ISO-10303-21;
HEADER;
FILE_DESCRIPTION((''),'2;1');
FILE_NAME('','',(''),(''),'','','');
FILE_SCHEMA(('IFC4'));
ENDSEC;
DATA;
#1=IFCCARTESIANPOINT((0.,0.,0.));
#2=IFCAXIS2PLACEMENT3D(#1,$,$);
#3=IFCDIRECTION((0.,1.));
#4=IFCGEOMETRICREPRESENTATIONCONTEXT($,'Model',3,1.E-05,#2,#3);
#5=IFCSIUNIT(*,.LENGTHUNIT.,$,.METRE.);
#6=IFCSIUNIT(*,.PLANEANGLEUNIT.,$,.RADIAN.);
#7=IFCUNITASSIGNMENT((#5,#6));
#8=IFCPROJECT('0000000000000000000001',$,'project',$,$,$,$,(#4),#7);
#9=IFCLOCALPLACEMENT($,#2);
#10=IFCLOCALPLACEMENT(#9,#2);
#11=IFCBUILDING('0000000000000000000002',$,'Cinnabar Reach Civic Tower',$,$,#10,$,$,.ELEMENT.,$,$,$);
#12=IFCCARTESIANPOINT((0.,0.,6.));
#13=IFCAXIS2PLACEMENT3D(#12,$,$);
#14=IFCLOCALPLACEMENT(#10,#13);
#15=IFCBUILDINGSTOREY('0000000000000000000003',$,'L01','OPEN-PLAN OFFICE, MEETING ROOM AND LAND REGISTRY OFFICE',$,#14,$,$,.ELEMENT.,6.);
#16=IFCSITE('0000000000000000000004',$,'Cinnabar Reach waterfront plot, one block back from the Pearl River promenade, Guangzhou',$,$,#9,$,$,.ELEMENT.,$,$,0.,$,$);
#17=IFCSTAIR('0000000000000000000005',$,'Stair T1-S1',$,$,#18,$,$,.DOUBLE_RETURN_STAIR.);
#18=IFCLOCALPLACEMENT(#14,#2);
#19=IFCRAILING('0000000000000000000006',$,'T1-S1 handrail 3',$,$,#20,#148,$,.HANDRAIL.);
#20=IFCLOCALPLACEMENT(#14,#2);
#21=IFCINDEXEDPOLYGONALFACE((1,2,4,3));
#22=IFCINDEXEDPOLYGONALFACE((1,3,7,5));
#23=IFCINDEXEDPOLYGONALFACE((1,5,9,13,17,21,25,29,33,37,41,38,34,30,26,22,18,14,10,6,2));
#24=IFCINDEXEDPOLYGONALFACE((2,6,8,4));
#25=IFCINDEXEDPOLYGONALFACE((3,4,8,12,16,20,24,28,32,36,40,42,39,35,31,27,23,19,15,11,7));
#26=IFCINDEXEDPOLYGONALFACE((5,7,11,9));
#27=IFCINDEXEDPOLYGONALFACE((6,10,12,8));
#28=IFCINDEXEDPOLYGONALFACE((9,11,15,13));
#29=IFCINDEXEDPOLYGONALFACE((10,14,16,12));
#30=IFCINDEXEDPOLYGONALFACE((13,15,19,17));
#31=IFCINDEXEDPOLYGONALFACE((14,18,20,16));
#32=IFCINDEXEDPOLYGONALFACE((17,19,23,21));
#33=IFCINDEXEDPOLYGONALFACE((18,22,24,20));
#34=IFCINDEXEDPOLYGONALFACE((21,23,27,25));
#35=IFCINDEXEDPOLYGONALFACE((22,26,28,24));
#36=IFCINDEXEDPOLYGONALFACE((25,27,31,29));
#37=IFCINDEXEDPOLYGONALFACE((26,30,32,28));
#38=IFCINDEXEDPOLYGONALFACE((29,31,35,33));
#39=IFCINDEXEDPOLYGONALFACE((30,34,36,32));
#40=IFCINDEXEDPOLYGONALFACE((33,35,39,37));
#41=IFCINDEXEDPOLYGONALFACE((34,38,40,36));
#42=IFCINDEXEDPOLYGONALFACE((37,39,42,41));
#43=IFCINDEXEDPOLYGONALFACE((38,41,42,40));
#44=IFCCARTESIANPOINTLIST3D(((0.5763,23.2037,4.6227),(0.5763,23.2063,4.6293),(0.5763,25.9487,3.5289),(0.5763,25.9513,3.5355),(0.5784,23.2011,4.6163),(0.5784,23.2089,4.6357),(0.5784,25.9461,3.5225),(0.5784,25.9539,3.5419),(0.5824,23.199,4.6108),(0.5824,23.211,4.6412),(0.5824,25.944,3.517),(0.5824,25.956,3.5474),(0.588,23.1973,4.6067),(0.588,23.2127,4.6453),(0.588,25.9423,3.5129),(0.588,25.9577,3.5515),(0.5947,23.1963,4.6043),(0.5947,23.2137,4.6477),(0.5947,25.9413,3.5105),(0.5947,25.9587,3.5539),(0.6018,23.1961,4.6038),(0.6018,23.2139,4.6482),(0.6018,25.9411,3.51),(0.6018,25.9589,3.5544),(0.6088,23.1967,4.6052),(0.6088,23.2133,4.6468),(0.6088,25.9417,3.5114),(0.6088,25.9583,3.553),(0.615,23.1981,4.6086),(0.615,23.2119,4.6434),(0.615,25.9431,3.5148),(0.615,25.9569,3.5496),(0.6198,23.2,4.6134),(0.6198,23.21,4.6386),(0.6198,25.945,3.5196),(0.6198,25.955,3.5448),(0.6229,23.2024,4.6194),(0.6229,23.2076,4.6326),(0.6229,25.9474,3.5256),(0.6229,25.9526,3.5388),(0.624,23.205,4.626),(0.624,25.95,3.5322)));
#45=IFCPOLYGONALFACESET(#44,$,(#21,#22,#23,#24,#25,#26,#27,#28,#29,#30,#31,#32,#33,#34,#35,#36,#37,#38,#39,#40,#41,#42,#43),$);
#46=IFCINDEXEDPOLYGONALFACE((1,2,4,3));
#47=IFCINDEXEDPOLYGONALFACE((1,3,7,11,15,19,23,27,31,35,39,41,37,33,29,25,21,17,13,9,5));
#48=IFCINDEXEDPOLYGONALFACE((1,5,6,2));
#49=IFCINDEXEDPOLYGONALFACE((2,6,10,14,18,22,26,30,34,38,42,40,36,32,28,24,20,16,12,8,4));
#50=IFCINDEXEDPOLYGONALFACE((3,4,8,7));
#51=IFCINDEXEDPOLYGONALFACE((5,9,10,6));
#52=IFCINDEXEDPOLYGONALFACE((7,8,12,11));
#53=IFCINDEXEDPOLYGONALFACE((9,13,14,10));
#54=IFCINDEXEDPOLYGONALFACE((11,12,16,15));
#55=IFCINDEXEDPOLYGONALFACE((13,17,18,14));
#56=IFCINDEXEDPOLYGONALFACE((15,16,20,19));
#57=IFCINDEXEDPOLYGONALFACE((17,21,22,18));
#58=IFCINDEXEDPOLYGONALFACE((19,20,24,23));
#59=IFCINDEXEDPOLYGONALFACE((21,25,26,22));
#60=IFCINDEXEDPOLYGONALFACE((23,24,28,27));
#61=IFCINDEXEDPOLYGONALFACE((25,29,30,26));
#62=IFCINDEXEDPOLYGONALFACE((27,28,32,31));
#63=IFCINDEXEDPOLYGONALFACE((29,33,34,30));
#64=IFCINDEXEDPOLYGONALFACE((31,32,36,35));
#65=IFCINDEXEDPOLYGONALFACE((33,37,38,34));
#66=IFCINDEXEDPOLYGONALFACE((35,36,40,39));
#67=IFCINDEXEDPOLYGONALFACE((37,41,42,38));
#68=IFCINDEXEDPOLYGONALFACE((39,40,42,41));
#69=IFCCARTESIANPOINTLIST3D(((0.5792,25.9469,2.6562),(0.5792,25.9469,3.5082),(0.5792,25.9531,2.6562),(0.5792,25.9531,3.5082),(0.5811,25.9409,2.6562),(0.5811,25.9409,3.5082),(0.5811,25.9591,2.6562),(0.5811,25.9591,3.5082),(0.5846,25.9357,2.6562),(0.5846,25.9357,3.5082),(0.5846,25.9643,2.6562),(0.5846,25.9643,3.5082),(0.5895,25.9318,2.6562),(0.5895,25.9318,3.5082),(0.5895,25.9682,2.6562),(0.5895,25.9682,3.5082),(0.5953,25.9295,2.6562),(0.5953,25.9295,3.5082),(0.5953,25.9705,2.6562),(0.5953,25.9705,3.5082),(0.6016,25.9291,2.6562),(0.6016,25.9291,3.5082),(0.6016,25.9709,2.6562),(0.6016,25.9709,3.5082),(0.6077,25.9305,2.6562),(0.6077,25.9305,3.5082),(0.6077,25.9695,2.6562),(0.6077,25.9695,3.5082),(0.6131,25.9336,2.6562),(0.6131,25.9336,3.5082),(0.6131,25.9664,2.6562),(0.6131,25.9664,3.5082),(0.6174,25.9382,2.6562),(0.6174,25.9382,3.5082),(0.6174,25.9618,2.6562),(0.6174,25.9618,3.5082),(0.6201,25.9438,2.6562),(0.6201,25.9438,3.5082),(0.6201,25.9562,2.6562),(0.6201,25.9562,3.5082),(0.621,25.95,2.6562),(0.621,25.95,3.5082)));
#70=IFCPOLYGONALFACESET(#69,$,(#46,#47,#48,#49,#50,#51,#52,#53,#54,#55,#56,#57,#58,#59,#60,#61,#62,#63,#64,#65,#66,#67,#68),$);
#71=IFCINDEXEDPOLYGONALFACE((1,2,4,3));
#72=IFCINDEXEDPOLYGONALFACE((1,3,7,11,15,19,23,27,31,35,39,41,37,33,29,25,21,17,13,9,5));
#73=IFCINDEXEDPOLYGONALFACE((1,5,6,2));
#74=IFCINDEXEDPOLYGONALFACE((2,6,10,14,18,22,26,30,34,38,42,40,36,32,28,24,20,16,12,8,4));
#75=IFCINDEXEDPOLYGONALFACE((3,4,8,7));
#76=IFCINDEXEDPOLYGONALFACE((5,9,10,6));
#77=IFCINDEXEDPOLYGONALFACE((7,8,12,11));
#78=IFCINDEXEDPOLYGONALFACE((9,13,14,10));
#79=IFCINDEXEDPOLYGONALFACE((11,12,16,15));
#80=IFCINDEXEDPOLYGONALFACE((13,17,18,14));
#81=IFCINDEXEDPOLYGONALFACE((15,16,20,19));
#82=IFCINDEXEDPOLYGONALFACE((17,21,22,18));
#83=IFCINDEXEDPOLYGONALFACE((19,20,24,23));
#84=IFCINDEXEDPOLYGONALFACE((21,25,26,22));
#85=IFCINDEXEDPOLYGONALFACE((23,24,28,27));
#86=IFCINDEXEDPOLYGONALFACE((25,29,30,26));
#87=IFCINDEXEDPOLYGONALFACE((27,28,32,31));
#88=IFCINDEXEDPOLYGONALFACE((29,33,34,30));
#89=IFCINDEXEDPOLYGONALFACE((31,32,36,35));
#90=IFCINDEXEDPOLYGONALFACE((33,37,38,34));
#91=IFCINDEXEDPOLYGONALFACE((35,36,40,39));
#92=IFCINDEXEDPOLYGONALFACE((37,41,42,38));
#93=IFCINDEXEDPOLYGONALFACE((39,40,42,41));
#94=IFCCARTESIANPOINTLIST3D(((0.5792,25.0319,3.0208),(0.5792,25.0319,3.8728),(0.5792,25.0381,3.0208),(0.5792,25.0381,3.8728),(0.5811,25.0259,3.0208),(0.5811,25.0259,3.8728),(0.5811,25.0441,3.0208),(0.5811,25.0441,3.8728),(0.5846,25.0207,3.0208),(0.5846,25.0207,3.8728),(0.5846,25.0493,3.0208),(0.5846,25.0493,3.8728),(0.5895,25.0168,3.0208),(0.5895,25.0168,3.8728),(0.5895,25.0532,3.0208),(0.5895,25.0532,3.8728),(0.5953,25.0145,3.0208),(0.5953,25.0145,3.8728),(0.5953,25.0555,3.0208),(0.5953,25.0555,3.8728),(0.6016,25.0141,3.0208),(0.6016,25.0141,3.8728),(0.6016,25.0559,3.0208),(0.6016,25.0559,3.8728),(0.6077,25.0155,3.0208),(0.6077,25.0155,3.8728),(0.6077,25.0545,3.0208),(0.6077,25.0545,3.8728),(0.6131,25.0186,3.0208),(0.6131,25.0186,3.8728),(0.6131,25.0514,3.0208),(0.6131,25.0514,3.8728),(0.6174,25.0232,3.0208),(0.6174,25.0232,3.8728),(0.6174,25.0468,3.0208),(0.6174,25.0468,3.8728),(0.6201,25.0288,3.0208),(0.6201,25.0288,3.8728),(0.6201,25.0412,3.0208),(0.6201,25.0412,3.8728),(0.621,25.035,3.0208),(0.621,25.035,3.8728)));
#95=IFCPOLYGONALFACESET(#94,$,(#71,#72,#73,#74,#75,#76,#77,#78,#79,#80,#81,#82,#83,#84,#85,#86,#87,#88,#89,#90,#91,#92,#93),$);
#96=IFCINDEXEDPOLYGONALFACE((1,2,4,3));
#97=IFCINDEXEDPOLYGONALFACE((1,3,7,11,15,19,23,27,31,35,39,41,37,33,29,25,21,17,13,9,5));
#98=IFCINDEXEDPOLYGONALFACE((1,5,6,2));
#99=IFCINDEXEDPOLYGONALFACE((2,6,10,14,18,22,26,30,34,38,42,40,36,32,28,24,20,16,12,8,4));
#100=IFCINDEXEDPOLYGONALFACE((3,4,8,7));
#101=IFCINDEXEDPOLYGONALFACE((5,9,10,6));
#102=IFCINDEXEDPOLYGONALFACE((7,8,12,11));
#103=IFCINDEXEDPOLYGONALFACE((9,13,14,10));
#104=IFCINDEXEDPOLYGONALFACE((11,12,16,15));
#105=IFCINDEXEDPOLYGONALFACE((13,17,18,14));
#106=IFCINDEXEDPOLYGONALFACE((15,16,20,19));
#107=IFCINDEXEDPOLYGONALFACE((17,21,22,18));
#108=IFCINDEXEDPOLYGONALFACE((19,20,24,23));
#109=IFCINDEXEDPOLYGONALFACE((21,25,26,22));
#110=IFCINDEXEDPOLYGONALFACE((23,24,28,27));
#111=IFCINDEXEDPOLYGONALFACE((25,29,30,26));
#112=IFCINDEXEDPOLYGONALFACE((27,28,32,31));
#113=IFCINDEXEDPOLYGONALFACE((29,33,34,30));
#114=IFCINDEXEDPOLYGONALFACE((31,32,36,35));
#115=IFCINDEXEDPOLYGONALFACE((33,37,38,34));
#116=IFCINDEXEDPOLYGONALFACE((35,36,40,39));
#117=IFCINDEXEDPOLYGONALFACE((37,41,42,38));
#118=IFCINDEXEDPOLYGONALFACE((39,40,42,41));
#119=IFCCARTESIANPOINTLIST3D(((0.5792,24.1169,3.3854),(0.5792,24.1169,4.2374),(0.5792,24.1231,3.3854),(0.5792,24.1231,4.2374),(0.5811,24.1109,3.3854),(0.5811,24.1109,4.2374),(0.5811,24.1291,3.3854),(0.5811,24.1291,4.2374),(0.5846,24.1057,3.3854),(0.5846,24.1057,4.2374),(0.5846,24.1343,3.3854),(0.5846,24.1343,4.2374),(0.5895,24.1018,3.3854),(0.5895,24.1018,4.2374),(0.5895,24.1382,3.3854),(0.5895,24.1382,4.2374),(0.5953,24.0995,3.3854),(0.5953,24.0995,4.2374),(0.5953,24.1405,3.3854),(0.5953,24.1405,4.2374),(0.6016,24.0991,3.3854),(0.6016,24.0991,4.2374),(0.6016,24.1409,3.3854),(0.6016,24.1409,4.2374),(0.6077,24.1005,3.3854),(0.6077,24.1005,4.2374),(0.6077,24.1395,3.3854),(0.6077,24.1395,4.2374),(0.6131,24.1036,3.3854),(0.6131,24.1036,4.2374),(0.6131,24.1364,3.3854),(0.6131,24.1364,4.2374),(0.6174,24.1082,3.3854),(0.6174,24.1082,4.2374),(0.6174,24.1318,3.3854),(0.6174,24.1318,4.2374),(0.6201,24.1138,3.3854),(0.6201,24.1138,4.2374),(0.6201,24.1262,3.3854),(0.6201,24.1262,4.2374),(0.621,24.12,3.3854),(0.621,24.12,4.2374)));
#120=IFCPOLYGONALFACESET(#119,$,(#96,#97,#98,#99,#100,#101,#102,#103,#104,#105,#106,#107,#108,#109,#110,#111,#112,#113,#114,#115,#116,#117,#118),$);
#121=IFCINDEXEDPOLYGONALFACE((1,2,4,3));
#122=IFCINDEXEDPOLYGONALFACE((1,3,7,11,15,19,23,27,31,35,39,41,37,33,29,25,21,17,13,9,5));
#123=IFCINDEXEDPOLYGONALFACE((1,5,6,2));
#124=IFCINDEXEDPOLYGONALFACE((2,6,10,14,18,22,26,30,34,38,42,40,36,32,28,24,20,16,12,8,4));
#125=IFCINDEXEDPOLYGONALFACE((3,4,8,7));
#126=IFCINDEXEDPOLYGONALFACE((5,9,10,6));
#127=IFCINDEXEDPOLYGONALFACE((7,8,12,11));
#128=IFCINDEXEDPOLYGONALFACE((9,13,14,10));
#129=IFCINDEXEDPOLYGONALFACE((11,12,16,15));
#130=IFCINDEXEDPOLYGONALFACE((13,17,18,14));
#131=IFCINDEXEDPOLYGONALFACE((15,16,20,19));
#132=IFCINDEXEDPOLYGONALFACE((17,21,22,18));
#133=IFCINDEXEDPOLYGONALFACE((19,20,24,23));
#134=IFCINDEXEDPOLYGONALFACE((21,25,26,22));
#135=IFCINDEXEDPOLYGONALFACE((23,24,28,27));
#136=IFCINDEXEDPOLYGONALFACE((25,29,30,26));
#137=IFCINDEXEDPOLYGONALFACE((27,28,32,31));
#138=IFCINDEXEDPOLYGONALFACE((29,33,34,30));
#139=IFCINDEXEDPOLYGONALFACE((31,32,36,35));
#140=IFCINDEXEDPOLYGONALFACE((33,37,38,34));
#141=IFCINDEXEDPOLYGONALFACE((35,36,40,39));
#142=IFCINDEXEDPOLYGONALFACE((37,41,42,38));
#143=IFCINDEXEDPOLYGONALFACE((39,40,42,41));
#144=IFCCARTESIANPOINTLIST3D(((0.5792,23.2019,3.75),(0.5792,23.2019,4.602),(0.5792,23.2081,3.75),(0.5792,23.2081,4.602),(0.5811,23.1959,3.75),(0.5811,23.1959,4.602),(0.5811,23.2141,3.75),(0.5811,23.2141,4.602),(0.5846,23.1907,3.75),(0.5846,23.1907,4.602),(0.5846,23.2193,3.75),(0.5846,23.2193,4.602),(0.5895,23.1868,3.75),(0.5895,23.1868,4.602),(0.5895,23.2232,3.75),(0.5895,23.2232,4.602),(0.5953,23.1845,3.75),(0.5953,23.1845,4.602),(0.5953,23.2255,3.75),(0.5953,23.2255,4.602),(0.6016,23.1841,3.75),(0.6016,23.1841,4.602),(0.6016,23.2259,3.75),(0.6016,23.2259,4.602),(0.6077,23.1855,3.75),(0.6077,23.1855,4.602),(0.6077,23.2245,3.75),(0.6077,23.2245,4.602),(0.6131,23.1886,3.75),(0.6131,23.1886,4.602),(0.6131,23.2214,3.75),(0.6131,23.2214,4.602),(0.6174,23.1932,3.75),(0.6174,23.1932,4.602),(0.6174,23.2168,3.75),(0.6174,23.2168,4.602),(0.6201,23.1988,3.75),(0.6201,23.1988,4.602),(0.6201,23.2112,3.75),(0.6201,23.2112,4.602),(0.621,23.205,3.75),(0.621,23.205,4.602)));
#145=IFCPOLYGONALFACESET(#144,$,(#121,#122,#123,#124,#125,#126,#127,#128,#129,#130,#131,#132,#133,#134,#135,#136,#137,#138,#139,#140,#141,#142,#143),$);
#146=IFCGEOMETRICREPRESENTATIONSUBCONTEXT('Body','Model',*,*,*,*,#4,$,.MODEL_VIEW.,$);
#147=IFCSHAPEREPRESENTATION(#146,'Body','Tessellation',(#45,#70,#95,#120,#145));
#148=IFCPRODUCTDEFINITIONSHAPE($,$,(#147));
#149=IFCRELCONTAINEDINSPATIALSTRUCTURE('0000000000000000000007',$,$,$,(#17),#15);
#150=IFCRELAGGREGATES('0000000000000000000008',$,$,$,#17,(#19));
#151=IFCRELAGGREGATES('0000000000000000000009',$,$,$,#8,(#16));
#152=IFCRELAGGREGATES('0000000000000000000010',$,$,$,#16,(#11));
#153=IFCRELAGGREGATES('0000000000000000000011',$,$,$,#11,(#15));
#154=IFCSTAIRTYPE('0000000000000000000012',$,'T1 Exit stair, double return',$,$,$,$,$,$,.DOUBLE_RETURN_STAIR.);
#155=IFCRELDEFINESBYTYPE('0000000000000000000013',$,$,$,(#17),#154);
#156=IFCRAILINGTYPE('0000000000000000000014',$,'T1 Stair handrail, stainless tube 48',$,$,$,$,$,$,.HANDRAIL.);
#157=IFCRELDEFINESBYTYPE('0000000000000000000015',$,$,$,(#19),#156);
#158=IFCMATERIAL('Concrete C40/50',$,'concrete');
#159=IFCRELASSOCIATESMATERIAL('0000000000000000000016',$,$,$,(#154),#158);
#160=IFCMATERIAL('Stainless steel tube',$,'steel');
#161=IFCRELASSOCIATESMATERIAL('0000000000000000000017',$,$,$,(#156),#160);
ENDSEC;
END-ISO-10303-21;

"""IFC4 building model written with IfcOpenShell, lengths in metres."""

from ifc_helpers import new_model, si_unit, direction, frame, origin, origin_2d, place, context, subcontext, project, spatial, circle, extrude, material, type_object, element, aggregate, save


model = new_model("IFC4")

# Units and contexts
model_context = context("Model", 3, precision=1e-05, world=origin(), true_north=direction((0.0, 1.0)))
body_context = subcontext(model_context, "Body", "Model", "MODEL_VIEW")
ifc_project = project(units=[si_unit("LENGTHUNIT", "METRE"), si_unit("PLANEANGLEUNIT", "RADIAN")], contexts=[model_context])

# Site, building, storey
site_placement = place(None, origin())
site = spatial("IfcSite", under=ifc_project, at=site_placement, Name="Cinnabar Reach waterfront plot, one block back from the Pearl River promenade, Guangzhou", CompositionType="ELEMENT", RefElevation=0.0)
building_placement = place(site_placement, origin())
building = spatial("IfcBuilding", under=site, at=building_placement, Name="Cinnabar Reach Civic Tower", CompositionType="ELEMENT")
storey_placement = place(building_placement, frame((0.0, 0.0, 6.0)))
storey = spatial("IfcBuildingStorey", under=building, at=storey_placement, Name="L01", Description="OPEN-PLAN OFFICE, MEETING ROOM AND LAND REGISTRY OFFICE", CompositionType="ELEMENT", Elevation=6.0)

# Shared definitions
ifc_material_1 = material(Name="Concrete C40/50", Category="concrete")

# Stair, railing
stair_type = type_object("IfcStairType", Name="T1 Exit stair, double return", PredefinedType="DOUBLE_RETURN_STAIR", material=ifc_material_1)
stair_1_placement = place(storey_placement, origin())
stair_1 = element("IfcStair", 1, at=stair_1_placement, inside=storey, type_object=stair_type, Name="Stair T1-S1", PredefinedType="DOUBLE_RETURN_STAIR")
ifc_material_2 = material(Name="Stainless steel tube", Category="steel")
railing_type_1 = type_object("IfcRailingType", Name="T1 Stair handrail, stainless tube 48", PredefinedType="HANDRAIL", material=ifc_material_2)
railing_1_placement = place(storey_placement, frame((0.6, 25.95, 2.6562)))
railing_1 = element("IfcRailing", 2, at=railing_1_placement, type_object=railing_type_1, Name="T1-S1 handrail 3", PredefinedType="HANDRAIL", context=body_context, shape_type="SweptSolid", body=[
    extrude(circle(Radius=0.024, at=origin_2d()), frame((0.0, 0.0, 0.876), z_axis=(0.0, -0.928966, 0.370165), x_axis=(1.0, 0.0, 0.0)), (0.0, 0.0, 1.0), 2.9549),
    extrude(circle(Radius=0.021, at=origin_2d()), origin(), (0.0, 0.0, 1.0), 0.852),
    extrude(circle(Radius=0.021, at=origin_2d()), frame((0.0, -0.915, 0.3646)), (0.0, 0.0, 1.0), 0.852),
    extrude(circle(Radius=0.021, at=origin_2d()), frame((0.0, -1.83, 0.7292)), (0.0, 0.0, 1.0), 0.852),
    extrude(circle(Radius=0.021, at=origin_2d()), frame((0.0, -2.745, 1.0938)), (0.0, 0.0, 1.0), 0.852),
])
aggregate(stair_1, [railing_1])

save(model, "model.ifc")
